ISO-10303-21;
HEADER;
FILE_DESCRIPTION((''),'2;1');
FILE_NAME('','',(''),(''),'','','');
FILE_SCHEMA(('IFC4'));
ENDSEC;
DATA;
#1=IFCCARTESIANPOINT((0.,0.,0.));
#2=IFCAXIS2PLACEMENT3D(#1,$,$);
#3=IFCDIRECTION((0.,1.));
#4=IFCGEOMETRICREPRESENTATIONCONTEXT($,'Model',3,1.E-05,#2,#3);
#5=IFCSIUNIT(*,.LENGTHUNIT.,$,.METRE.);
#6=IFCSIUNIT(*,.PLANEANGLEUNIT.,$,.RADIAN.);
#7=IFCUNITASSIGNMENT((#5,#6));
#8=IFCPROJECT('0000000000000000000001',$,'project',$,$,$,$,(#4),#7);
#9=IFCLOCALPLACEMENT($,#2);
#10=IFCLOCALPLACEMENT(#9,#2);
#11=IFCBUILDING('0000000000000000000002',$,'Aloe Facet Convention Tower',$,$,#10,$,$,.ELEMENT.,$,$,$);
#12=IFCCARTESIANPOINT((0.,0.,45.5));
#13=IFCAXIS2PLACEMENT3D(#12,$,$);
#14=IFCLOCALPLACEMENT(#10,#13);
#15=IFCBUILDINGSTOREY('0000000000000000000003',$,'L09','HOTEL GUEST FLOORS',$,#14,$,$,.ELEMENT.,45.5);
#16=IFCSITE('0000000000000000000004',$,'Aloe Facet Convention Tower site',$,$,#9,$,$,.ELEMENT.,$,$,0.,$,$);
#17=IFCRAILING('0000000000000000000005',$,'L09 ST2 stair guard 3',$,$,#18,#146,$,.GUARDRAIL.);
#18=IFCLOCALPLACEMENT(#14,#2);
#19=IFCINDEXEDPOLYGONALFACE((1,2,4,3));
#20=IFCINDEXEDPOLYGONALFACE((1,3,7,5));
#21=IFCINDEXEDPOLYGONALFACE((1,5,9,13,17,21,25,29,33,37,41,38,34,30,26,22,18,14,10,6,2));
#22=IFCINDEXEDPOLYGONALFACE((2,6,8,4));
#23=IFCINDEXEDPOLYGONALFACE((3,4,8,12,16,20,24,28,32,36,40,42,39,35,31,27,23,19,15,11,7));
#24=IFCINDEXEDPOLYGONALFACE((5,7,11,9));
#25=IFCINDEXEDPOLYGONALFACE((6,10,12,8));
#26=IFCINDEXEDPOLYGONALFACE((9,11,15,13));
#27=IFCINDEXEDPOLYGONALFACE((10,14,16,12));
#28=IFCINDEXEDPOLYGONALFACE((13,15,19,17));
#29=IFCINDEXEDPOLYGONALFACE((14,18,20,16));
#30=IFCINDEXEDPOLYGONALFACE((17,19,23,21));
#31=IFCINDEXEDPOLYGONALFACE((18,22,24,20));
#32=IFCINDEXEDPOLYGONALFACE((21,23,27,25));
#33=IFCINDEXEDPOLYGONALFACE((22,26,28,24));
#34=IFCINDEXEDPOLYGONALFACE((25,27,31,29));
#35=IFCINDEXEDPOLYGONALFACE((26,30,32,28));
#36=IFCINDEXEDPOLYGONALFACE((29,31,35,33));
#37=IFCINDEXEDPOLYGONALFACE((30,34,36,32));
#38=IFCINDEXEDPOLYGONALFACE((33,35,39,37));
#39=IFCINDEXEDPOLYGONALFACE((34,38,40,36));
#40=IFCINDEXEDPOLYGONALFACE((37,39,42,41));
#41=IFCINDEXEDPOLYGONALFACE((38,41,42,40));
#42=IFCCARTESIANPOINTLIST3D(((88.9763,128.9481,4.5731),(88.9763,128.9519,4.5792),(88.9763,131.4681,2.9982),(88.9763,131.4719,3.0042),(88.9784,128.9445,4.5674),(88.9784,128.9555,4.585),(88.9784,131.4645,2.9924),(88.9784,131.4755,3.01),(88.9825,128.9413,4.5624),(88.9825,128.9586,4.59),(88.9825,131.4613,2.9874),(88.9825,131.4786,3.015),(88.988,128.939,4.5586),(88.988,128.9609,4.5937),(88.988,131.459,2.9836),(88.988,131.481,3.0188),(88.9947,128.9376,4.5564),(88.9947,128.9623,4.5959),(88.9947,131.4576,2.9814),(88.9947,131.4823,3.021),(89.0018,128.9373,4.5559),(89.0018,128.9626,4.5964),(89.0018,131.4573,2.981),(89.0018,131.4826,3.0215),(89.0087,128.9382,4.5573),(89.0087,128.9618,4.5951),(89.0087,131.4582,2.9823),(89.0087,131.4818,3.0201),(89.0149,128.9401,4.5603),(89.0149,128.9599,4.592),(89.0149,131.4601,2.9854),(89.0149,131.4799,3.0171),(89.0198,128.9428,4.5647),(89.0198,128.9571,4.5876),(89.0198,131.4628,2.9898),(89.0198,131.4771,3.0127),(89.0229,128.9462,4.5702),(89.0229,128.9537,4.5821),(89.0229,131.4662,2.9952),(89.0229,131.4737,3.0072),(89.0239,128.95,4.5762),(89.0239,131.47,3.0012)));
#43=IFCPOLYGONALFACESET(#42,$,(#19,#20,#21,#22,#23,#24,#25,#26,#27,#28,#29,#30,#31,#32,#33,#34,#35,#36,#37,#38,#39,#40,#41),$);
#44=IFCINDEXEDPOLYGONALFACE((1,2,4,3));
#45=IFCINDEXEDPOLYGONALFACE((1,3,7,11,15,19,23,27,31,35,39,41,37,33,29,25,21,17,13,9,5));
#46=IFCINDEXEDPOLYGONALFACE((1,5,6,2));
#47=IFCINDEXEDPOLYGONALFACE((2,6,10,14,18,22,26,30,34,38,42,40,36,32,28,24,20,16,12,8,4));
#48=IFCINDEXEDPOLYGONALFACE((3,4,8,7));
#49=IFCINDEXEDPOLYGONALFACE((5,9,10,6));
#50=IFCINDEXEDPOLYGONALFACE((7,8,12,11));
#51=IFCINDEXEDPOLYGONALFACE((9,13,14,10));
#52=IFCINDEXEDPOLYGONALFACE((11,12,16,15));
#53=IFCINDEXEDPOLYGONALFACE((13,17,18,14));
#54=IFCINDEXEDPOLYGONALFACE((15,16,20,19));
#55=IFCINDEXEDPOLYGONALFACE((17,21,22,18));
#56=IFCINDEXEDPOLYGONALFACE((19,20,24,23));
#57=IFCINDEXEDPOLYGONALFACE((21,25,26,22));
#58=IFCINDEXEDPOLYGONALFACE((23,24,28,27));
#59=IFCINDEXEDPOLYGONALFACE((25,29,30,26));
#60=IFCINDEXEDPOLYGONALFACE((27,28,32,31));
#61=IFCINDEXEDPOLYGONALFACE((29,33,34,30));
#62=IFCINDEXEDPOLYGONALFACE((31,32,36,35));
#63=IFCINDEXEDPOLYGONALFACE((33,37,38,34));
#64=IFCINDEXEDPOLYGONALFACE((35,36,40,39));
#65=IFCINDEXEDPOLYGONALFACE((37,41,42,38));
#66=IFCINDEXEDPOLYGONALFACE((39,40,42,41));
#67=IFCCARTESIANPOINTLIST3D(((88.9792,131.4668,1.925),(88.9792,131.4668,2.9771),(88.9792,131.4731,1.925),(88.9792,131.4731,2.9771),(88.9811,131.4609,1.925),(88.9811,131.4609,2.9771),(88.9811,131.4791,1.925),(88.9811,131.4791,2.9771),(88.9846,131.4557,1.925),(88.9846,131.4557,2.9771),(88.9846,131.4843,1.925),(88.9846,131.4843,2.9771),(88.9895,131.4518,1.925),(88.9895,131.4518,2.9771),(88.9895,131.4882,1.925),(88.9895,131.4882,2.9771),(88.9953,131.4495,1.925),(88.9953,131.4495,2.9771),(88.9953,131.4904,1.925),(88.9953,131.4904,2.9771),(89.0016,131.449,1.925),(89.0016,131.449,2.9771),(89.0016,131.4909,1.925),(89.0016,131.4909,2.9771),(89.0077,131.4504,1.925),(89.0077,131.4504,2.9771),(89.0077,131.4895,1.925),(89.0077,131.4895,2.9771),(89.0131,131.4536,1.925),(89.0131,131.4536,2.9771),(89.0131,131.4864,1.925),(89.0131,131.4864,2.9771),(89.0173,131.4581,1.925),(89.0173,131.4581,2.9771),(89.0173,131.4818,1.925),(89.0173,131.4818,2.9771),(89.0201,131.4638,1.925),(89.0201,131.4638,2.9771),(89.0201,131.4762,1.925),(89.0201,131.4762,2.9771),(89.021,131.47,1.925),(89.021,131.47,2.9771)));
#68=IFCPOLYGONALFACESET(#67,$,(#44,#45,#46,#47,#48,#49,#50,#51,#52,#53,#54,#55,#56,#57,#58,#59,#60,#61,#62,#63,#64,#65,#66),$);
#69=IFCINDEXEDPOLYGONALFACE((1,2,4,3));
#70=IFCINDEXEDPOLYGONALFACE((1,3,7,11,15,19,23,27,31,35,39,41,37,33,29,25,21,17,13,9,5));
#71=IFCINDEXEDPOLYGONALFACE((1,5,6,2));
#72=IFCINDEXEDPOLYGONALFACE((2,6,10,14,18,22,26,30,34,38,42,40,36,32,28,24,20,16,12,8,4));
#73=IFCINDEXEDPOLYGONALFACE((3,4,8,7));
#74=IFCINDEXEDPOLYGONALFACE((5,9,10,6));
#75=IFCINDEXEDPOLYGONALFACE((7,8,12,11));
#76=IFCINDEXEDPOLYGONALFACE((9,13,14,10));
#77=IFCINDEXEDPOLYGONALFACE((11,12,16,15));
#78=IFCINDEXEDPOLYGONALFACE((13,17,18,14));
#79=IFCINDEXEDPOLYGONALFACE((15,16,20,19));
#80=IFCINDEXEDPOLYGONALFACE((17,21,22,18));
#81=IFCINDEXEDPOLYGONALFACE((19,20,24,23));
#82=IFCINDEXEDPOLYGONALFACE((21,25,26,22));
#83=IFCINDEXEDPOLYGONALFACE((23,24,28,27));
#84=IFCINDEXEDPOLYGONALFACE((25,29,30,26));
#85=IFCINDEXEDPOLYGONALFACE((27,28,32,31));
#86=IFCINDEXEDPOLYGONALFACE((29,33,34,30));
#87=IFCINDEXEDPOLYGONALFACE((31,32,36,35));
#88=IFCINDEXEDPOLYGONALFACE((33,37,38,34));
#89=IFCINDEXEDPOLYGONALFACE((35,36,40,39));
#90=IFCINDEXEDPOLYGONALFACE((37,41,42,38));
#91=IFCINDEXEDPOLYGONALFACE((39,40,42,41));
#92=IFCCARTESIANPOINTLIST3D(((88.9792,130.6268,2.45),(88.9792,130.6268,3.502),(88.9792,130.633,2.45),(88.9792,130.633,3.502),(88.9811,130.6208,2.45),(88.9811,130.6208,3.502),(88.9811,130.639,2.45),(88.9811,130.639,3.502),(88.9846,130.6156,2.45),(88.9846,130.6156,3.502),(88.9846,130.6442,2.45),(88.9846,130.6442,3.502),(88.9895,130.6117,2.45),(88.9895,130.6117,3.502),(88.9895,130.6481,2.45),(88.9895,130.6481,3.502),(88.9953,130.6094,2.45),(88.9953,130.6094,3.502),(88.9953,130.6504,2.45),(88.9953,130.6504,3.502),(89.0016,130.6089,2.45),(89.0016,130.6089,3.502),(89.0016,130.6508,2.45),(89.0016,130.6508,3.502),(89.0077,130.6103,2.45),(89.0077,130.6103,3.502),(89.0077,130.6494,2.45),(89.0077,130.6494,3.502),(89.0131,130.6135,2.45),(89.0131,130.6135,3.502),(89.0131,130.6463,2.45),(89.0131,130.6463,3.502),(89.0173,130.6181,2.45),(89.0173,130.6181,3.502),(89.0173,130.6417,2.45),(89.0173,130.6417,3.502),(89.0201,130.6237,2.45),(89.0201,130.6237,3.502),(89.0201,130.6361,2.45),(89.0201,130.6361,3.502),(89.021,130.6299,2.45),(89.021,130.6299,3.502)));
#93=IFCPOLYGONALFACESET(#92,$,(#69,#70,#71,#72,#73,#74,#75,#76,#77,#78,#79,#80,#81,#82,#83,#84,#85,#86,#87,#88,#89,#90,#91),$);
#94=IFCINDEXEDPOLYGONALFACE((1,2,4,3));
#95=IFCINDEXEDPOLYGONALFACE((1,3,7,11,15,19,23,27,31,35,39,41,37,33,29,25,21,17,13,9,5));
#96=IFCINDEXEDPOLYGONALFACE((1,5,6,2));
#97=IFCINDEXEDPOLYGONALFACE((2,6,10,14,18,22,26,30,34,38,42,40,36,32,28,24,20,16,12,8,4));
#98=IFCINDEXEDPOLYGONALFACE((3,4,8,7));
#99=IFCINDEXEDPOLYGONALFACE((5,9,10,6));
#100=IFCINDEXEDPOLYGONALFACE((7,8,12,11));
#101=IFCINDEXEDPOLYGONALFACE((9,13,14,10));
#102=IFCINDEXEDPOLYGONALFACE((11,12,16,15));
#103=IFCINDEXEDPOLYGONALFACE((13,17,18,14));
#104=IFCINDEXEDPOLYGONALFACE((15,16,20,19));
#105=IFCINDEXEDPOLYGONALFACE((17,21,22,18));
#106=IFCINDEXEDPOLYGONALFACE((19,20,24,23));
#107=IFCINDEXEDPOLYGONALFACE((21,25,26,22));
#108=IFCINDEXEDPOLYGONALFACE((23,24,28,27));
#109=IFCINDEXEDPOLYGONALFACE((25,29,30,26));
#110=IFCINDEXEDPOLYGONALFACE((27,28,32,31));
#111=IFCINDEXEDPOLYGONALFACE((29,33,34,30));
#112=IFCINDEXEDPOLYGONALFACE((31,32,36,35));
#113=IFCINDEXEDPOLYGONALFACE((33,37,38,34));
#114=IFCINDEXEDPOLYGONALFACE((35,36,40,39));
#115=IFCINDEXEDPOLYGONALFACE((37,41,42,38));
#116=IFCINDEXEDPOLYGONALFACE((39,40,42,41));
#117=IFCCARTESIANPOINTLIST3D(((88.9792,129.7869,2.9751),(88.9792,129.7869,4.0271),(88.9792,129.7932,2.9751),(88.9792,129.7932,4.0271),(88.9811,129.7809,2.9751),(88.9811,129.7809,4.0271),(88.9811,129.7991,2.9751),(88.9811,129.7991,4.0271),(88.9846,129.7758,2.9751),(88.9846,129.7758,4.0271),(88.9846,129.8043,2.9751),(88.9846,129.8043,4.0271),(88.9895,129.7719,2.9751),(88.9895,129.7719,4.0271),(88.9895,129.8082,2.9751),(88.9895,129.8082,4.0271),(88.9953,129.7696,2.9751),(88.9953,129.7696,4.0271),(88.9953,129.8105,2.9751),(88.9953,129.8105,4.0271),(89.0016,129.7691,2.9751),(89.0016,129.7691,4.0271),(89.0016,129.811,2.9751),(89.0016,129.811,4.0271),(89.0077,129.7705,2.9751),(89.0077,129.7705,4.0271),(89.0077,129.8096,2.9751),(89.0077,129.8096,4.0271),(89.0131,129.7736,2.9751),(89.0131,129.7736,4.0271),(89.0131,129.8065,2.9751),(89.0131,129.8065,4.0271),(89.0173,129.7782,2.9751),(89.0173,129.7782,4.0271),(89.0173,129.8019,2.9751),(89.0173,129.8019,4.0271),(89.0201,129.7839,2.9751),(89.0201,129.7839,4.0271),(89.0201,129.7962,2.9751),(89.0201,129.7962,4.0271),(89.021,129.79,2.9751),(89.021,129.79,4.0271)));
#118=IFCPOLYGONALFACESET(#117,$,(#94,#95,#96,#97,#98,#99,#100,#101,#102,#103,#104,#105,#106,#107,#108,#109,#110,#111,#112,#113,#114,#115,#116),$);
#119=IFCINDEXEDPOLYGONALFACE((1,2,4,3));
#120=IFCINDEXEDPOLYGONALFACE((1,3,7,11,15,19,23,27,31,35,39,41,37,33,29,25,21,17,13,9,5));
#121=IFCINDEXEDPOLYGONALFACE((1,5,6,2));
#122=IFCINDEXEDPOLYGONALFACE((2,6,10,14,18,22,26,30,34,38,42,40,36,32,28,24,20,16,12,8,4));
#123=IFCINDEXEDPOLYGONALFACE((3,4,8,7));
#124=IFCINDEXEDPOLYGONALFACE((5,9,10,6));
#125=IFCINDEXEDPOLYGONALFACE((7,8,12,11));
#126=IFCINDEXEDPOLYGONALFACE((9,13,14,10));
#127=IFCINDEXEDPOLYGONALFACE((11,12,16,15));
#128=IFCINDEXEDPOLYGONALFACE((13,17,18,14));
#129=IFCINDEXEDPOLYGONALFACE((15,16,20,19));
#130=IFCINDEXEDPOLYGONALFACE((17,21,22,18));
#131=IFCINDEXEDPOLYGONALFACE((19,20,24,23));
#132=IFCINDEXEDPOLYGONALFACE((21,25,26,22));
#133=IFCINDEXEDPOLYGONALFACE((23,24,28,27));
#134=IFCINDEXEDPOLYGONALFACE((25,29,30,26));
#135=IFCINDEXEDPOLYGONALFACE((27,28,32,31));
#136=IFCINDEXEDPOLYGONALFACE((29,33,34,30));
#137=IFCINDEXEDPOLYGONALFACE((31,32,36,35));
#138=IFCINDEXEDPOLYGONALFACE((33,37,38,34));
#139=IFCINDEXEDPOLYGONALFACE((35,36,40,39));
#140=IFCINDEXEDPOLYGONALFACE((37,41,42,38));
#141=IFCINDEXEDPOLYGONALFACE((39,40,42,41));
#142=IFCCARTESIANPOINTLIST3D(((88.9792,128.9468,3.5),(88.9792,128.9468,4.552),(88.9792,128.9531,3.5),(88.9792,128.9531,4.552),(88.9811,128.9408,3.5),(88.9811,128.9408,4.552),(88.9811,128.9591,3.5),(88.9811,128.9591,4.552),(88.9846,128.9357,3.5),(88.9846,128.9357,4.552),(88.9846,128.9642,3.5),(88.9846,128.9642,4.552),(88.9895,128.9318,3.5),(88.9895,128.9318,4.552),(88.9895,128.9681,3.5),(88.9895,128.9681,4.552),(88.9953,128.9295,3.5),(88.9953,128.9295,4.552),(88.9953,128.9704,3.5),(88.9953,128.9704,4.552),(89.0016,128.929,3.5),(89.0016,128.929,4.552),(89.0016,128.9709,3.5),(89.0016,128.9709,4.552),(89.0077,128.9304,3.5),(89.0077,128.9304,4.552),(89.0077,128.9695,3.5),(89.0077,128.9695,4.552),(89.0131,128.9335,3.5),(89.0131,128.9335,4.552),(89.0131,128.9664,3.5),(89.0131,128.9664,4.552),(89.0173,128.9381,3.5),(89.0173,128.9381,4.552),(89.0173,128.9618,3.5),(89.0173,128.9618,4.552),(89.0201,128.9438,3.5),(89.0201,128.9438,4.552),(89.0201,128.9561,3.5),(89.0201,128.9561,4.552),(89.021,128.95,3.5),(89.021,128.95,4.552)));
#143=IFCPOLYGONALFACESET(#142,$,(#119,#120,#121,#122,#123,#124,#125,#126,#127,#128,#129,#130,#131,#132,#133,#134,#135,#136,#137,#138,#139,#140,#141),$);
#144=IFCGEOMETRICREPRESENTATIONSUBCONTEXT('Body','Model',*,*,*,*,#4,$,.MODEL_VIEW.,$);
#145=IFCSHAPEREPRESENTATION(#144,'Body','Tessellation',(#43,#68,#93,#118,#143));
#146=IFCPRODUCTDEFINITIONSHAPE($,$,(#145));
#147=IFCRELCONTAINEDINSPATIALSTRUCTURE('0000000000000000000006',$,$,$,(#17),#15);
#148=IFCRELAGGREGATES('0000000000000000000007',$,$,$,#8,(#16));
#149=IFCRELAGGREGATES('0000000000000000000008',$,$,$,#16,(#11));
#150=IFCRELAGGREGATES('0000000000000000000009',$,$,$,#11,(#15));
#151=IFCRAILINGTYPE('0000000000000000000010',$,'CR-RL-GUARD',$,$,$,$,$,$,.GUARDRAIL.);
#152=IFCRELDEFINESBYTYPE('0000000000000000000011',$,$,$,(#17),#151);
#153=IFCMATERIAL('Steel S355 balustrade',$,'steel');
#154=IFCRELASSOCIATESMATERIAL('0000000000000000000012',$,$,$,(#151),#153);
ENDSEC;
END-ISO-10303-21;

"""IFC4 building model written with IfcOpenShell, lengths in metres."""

from ifc_helpers import new_model, si_unit, direction, frame, origin, origin_2d, place, context, subcontext, project, spatial, circle, extrude, material, type_object, element, save


model = new_model("IFC4")

# Units and contexts
model_context = context("Model", 3, precision=1e-05, world=origin(), true_north=direction((0.0, 1.0)))
body_context = subcontext(model_context, "Body", "Model", "MODEL_VIEW")
ifc_project = project(units=[si_unit("LENGTHUNIT", "METRE"), si_unit("PLANEANGLEUNIT", "RADIAN")], contexts=[model_context])

# Site, building, storey
site_placement = place(None, origin())
site = spatial("IfcSite", under=ifc_project, at=site_placement, Name="Aloe Facet Convention Tower site", CompositionType="ELEMENT", RefElevation=0.0)
building_placement = place(site_placement, origin())
building = spatial("IfcBuilding", under=site, at=building_placement, Name="Aloe Facet Convention Tower", CompositionType="ELEMENT")
storey_placement = place(building_placement, frame((0.0, 0.0, 45.5)))
storey = spatial("IfcBuildingStorey", under=building, at=storey_placement, Name="L09", Description="HOTEL GUEST FLOORS", CompositionType="ELEMENT", Elevation=45.5)

# Railing
ifc_material_1 = material(Name="Steel S355 balustrade", Category="steel")
railing_type_1 = type_object("IfcRailingType", Name="CR-RL-GUARD", PredefinedType="GUARDRAIL", material=ifc_material_1)
railing_1_placement = place(storey_placement, frame((89.0, 131.47, 1.925)))
element("IfcRailing", 1, at=railing_1_placement, inside=storey, type_object=railing_type_1, Name="L09 ST2 stair guard 3", PredefinedType="GUARDRAIL", context=body_context, shape_type="SweptSolid", body=[
    extrude(circle(Radius=0.0239, at=origin_2d()), frame((0.0, 0.0, 1.0762), z_axis=(0.0, -0.848008, 0.529984), x_axis=(1.0, 0.0, 0.0)), (0.0, 0.0, 1.0), 2.9717),
    extrude(circle(Radius=0.021, at=origin_2d()), origin(), (0.0, 0.0, 1.0), 1.052),
    extrude(circle(Radius=0.021, at=origin_2d()), frame((0.0, -0.8401, 0.5249)), (0.0, 0.0, 1.0), 1.052),
    extrude(circle(Radius=0.021, at=origin_2d()), frame((0.0, -1.6799, 1.05)), (0.0, 0.0, 1.0), 1.052),
    extrude(circle(Radius=0.021, at=origin_2d()), frame((0.0, -2.52, 1.575)), (0.0, 0.0, 1.0), 1.052),
])

save(model, "model.ifc")
